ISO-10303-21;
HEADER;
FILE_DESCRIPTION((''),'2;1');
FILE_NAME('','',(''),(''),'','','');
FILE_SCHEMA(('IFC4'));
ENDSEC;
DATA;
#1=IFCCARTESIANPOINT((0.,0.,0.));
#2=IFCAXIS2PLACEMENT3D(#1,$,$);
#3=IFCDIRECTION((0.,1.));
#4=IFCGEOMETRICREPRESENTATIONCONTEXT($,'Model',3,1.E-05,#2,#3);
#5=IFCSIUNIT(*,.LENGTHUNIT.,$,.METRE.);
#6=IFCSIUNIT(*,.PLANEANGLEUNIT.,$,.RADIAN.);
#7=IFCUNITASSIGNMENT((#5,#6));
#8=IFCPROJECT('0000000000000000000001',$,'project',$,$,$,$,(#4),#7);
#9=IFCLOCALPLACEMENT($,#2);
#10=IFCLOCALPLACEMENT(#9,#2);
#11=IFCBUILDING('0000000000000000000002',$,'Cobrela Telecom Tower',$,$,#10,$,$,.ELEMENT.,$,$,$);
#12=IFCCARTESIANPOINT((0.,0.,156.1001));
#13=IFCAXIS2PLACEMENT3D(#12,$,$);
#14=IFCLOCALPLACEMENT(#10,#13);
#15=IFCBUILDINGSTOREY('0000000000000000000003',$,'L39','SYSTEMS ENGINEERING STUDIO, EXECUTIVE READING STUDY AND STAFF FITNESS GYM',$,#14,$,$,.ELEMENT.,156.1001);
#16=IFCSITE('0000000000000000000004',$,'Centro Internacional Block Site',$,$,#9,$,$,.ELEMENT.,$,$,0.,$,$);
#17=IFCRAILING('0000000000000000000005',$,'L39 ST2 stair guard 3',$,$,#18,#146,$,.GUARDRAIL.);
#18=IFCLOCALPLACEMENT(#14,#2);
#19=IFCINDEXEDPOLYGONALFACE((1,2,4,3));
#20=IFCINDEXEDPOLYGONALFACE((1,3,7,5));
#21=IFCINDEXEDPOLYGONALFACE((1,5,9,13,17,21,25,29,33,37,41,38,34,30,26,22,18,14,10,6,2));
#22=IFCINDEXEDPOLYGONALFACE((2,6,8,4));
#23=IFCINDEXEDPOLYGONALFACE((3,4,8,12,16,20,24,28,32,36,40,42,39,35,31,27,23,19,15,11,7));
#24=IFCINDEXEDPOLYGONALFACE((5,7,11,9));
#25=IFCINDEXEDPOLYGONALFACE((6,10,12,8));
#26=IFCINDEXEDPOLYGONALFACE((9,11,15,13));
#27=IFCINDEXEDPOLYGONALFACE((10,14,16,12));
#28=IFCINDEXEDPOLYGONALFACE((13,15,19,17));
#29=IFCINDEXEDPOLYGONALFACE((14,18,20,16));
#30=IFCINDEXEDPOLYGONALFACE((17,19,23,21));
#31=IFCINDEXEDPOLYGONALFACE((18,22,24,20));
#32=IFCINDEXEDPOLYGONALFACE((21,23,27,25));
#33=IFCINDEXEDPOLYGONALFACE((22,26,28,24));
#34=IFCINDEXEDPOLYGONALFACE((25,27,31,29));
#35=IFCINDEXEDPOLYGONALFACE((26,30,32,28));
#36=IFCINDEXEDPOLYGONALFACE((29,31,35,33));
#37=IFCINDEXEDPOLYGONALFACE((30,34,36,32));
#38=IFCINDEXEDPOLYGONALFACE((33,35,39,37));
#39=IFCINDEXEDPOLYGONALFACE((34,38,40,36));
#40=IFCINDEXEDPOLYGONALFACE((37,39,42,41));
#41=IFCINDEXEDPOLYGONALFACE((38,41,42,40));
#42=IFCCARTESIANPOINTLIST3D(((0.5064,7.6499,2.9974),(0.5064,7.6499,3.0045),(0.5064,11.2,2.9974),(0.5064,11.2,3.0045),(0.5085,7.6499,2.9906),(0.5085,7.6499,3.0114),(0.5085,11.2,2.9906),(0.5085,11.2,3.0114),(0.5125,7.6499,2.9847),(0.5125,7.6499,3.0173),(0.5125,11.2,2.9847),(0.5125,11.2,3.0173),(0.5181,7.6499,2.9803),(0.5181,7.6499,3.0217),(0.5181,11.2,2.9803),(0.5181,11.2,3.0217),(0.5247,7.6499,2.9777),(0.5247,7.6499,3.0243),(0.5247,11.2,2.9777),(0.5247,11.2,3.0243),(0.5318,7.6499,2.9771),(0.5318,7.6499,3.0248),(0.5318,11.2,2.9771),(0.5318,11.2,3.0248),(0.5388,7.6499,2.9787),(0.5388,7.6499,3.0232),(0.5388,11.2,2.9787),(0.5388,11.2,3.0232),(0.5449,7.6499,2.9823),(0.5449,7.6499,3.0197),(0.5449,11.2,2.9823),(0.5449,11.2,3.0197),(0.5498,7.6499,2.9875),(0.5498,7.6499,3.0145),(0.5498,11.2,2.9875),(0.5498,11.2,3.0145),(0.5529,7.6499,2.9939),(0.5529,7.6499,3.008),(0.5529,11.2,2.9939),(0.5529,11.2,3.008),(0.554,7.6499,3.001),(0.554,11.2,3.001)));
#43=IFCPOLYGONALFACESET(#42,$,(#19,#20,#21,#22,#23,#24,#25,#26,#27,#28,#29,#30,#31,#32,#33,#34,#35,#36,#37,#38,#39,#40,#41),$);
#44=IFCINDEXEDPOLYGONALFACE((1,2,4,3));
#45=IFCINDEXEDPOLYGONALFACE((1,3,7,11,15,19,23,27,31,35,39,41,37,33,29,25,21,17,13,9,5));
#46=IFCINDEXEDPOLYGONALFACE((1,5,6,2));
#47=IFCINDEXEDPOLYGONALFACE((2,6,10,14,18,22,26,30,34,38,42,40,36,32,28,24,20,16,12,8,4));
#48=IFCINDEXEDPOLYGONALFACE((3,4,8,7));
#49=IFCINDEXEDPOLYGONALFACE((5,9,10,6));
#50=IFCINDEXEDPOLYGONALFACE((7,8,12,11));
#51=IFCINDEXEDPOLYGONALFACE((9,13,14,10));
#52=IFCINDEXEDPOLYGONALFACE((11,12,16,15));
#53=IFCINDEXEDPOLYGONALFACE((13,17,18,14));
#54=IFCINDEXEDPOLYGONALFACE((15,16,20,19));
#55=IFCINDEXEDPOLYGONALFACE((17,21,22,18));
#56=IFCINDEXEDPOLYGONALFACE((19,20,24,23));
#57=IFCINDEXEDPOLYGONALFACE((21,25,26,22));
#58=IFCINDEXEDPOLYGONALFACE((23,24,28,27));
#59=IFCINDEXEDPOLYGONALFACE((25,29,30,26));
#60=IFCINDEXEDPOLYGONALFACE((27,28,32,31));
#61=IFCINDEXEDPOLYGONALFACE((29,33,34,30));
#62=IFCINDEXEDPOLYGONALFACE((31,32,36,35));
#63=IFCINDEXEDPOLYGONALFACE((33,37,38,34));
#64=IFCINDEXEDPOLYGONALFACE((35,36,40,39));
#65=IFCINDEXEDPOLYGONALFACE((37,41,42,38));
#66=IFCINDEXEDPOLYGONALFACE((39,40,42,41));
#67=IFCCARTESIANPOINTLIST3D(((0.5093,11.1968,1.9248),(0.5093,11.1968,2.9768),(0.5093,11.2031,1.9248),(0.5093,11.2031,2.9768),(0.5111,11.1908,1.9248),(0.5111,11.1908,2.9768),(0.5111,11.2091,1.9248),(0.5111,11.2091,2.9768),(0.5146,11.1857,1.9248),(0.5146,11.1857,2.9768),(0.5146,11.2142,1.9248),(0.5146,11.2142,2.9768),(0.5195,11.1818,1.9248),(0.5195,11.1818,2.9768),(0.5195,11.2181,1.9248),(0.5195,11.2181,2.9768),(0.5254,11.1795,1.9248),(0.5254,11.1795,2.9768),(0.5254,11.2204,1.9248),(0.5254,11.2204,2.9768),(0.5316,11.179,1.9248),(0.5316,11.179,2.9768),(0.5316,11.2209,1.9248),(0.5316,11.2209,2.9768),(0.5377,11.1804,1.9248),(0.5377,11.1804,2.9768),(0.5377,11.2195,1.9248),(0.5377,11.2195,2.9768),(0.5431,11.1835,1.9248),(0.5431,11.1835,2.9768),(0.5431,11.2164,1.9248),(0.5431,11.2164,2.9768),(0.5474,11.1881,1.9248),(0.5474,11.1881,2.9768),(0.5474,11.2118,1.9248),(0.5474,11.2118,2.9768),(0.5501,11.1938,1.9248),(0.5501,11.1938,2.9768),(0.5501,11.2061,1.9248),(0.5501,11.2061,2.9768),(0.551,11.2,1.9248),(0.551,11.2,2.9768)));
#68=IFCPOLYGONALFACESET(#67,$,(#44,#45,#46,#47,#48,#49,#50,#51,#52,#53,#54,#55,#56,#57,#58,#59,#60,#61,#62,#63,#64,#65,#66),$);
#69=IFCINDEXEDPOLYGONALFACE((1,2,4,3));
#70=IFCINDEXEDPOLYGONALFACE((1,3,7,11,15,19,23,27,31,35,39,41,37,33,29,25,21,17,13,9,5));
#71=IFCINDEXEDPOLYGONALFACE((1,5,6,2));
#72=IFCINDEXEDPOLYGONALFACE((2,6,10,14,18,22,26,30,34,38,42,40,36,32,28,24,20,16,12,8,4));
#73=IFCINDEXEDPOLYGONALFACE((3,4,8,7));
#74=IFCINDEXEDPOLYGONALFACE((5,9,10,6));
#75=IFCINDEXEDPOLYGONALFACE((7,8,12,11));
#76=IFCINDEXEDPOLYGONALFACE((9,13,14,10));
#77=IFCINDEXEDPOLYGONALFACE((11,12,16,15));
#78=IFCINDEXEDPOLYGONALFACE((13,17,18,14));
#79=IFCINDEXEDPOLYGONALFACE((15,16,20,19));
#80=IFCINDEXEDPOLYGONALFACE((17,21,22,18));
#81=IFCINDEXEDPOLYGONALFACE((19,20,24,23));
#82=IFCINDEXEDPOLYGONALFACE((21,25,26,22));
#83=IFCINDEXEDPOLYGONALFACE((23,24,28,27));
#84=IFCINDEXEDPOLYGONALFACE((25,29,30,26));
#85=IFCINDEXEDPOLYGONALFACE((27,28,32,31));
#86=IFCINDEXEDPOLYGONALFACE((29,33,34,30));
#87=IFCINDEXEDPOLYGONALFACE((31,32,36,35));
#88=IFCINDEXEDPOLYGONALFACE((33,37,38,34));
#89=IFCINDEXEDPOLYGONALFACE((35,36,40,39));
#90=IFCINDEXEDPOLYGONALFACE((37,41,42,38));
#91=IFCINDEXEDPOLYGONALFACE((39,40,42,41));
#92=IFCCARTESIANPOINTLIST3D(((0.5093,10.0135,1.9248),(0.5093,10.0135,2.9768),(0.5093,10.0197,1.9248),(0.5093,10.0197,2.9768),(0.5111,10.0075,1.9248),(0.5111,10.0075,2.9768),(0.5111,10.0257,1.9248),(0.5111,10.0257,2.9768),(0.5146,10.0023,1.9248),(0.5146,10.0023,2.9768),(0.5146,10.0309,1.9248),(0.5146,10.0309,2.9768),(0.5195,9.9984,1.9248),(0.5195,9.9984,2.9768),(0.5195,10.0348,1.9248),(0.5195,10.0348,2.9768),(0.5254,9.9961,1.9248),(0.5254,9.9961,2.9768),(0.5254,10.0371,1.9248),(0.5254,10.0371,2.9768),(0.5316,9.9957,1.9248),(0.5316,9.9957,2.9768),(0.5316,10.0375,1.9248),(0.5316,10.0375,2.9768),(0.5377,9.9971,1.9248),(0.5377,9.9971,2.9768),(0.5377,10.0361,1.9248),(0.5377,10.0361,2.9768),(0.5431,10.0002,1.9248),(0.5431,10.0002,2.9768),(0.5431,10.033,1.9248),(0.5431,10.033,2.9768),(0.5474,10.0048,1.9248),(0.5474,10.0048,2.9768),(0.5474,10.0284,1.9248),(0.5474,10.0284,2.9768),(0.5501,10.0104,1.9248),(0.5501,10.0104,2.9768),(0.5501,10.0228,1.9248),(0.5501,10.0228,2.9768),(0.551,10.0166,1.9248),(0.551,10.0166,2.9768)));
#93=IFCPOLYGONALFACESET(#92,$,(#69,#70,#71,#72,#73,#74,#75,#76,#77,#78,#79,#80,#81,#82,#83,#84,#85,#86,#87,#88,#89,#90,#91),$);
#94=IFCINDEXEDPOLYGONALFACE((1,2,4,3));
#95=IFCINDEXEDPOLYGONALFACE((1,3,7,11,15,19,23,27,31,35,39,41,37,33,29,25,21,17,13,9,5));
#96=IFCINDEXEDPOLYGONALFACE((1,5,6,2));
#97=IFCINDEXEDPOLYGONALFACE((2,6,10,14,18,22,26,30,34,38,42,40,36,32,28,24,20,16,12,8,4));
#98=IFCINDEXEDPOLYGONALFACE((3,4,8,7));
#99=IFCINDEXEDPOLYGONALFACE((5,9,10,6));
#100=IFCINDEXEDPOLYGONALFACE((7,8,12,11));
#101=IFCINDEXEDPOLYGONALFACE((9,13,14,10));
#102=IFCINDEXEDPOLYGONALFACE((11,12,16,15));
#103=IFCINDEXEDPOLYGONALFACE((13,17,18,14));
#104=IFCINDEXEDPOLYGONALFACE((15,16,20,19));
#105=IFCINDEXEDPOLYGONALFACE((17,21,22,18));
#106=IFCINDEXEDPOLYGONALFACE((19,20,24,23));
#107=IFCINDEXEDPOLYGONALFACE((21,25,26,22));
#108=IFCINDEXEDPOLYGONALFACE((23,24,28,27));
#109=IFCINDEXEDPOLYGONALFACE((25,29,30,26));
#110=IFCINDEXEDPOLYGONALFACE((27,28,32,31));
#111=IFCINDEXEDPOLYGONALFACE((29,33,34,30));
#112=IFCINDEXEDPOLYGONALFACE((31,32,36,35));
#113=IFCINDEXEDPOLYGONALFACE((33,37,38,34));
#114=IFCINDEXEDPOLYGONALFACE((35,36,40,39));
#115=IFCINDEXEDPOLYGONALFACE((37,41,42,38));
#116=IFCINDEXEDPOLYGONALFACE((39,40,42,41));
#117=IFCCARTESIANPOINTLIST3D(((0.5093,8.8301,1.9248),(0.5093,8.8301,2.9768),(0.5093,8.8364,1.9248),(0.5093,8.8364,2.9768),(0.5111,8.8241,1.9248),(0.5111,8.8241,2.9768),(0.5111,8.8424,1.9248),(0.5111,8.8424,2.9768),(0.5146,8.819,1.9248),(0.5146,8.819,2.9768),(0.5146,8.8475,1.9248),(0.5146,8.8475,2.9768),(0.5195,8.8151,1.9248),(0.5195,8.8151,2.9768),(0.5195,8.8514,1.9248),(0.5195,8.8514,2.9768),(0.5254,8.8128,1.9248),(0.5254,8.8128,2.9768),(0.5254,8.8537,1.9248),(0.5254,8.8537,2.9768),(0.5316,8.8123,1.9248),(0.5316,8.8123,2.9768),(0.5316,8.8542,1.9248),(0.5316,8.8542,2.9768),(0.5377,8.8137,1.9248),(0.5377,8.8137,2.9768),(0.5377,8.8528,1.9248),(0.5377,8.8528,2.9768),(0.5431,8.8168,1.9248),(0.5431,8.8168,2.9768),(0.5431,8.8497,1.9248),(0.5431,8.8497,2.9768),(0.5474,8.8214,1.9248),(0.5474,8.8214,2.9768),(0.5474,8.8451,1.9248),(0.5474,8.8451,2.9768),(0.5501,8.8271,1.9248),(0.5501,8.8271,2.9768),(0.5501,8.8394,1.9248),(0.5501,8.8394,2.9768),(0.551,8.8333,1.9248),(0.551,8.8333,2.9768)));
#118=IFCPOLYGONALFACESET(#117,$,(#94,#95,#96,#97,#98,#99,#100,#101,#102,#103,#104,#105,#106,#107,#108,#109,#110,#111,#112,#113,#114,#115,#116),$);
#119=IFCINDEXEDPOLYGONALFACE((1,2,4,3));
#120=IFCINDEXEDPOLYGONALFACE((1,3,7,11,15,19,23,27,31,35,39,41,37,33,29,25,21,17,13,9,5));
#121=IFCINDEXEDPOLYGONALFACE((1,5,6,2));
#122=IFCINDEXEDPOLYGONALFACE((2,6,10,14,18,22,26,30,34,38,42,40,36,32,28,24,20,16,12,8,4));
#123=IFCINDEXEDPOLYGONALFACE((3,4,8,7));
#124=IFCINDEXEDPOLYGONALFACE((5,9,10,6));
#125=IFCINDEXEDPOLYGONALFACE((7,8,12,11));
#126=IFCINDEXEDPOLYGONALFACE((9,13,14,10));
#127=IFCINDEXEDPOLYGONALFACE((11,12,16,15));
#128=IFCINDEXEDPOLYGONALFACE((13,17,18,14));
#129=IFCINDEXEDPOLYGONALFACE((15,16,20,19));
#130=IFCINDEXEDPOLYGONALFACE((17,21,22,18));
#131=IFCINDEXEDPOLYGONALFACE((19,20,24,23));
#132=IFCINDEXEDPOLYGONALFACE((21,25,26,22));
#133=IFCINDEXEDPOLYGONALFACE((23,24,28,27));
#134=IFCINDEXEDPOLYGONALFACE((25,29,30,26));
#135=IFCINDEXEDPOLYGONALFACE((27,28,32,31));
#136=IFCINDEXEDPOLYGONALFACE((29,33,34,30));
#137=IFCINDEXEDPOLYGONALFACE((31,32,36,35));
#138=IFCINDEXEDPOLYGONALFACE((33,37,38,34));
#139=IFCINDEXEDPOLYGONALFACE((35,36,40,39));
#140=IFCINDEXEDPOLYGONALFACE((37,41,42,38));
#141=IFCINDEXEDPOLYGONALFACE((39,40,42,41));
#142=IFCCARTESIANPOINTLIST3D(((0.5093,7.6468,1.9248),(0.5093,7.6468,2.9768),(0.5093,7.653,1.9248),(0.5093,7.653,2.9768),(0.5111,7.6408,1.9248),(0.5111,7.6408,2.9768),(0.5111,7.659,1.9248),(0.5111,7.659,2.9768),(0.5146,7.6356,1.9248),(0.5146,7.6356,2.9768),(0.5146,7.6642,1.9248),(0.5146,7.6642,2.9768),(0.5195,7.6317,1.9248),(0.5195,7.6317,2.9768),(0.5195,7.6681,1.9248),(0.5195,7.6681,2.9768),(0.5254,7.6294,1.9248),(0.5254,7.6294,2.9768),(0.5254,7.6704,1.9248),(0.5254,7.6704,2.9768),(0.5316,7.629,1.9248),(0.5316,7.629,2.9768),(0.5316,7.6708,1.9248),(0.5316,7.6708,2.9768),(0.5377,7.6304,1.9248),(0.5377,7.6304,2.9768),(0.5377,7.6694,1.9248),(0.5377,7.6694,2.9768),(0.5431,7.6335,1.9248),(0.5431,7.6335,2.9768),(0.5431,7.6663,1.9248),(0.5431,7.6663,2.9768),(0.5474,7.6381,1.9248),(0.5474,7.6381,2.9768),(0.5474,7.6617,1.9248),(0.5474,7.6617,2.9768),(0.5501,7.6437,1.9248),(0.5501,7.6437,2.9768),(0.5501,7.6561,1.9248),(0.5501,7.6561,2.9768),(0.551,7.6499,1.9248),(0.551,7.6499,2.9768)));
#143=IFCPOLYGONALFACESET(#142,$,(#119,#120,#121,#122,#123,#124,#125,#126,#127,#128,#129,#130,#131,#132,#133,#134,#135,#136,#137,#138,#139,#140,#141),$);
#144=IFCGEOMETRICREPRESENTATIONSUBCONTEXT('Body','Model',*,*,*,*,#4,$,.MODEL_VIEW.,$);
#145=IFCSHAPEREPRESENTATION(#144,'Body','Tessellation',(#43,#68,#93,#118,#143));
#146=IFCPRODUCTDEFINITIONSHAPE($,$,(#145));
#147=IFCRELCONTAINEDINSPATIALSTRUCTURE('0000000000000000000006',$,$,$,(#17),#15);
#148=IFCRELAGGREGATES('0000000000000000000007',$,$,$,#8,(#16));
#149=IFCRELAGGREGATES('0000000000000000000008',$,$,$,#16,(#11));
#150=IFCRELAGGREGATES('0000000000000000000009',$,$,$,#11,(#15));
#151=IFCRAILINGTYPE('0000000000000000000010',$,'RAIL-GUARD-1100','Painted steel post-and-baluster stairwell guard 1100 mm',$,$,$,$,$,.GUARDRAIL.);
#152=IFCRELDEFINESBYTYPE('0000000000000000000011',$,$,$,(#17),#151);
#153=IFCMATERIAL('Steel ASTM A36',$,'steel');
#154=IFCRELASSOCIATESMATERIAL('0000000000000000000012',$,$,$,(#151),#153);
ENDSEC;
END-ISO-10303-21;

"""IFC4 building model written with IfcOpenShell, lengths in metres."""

from ifc_helpers import new_model, si_unit, direction, frame, origin, origin_2d, place, context, subcontext, project, spatial, circle, extrude, material, type_object, element, save


model = new_model("IFC4")

# Units and contexts
model_context = context("Model", 3, precision=1e-05, world=origin(), true_north=direction((0.0, 1.0)))
body_context = subcontext(model_context, "Body", "Model", "MODEL_VIEW")
ifc_project = project(units=[si_unit("LENGTHUNIT", "METRE"), si_unit("PLANEANGLEUNIT", "RADIAN")], contexts=[model_context])

# Site, building, storey
site_placement = place(None, origin())
site = spatial("IfcSite", under=ifc_project, at=site_placement, Name="Centro Internacional Block Site", CompositionType="ELEMENT", RefElevation=0.0)
building_placement = place(site_placement, origin())
building = spatial("IfcBuilding", under=site, at=building_placement, Name="Cobrela Telecom Tower", CompositionType="ELEMENT")
storey_placement = place(building_placement, frame((0.0, 0.0, 156.1001)))
storey = spatial("IfcBuildingStorey", under=building, at=storey_placement, Name="L39", Description="SYSTEMS ENGINEERING STUDIO, EXECUTIVE READING STUDY AND STAFF FITNESS GYM", CompositionType="ELEMENT", Elevation=156.1001)

# Shared definitions
ifc_material_1 = material(Name="Steel ASTM A36", Category="steel")

# Railing
railing_type_1 = type_object("IfcRailingType", Name="RAIL-GUARD-1100", Description="Painted steel post-and-baluster stairwell guard 1100 mm", PredefinedType="GUARDRAIL", material=ifc_material_1)
railing_1_placement = place(storey_placement, frame((0.53, 11.2, 1.9248)))
element("IfcRailing", 1, at=railing_1_placement, inside=storey, type_object=railing_type_1, Name="L39 ST2 stair guard 3", PredefinedType="GUARDRAIL", context=body_context, shape_type="SweptSolid", body=[
    extrude(circle(Radius=0.0239, at=origin_2d()), frame((0.0, 0.0, 1.0762), z_axis=(0.0, -1.0, 0.0), x_axis=(1.0, 0.0, 0.0)), (0.0, 0.0, 1.0), 3.55),
    extrude(circle(Radius=0.021, at=origin_2d()), origin(), (0.0, 0.0, 1.0), 1.052),
    extrude(circle(Radius=0.021, at=origin_2d()), frame((0.0, -1.1833, 0.0)), (0.0, 0.0, 1.0), 1.052),
    extrude(circle(Radius=0.021, at=origin_2d()), frame((0.0, -2.3667, 0.0)), (0.0, 0.0, 1.0), 1.052),
    extrude(circle(Radius=0.021, at=origin_2d()), frame((0.0, -3.55, 0.0)), (0.0, 0.0, 1.0), 1.052),
])

save(model, "model.ifc")
